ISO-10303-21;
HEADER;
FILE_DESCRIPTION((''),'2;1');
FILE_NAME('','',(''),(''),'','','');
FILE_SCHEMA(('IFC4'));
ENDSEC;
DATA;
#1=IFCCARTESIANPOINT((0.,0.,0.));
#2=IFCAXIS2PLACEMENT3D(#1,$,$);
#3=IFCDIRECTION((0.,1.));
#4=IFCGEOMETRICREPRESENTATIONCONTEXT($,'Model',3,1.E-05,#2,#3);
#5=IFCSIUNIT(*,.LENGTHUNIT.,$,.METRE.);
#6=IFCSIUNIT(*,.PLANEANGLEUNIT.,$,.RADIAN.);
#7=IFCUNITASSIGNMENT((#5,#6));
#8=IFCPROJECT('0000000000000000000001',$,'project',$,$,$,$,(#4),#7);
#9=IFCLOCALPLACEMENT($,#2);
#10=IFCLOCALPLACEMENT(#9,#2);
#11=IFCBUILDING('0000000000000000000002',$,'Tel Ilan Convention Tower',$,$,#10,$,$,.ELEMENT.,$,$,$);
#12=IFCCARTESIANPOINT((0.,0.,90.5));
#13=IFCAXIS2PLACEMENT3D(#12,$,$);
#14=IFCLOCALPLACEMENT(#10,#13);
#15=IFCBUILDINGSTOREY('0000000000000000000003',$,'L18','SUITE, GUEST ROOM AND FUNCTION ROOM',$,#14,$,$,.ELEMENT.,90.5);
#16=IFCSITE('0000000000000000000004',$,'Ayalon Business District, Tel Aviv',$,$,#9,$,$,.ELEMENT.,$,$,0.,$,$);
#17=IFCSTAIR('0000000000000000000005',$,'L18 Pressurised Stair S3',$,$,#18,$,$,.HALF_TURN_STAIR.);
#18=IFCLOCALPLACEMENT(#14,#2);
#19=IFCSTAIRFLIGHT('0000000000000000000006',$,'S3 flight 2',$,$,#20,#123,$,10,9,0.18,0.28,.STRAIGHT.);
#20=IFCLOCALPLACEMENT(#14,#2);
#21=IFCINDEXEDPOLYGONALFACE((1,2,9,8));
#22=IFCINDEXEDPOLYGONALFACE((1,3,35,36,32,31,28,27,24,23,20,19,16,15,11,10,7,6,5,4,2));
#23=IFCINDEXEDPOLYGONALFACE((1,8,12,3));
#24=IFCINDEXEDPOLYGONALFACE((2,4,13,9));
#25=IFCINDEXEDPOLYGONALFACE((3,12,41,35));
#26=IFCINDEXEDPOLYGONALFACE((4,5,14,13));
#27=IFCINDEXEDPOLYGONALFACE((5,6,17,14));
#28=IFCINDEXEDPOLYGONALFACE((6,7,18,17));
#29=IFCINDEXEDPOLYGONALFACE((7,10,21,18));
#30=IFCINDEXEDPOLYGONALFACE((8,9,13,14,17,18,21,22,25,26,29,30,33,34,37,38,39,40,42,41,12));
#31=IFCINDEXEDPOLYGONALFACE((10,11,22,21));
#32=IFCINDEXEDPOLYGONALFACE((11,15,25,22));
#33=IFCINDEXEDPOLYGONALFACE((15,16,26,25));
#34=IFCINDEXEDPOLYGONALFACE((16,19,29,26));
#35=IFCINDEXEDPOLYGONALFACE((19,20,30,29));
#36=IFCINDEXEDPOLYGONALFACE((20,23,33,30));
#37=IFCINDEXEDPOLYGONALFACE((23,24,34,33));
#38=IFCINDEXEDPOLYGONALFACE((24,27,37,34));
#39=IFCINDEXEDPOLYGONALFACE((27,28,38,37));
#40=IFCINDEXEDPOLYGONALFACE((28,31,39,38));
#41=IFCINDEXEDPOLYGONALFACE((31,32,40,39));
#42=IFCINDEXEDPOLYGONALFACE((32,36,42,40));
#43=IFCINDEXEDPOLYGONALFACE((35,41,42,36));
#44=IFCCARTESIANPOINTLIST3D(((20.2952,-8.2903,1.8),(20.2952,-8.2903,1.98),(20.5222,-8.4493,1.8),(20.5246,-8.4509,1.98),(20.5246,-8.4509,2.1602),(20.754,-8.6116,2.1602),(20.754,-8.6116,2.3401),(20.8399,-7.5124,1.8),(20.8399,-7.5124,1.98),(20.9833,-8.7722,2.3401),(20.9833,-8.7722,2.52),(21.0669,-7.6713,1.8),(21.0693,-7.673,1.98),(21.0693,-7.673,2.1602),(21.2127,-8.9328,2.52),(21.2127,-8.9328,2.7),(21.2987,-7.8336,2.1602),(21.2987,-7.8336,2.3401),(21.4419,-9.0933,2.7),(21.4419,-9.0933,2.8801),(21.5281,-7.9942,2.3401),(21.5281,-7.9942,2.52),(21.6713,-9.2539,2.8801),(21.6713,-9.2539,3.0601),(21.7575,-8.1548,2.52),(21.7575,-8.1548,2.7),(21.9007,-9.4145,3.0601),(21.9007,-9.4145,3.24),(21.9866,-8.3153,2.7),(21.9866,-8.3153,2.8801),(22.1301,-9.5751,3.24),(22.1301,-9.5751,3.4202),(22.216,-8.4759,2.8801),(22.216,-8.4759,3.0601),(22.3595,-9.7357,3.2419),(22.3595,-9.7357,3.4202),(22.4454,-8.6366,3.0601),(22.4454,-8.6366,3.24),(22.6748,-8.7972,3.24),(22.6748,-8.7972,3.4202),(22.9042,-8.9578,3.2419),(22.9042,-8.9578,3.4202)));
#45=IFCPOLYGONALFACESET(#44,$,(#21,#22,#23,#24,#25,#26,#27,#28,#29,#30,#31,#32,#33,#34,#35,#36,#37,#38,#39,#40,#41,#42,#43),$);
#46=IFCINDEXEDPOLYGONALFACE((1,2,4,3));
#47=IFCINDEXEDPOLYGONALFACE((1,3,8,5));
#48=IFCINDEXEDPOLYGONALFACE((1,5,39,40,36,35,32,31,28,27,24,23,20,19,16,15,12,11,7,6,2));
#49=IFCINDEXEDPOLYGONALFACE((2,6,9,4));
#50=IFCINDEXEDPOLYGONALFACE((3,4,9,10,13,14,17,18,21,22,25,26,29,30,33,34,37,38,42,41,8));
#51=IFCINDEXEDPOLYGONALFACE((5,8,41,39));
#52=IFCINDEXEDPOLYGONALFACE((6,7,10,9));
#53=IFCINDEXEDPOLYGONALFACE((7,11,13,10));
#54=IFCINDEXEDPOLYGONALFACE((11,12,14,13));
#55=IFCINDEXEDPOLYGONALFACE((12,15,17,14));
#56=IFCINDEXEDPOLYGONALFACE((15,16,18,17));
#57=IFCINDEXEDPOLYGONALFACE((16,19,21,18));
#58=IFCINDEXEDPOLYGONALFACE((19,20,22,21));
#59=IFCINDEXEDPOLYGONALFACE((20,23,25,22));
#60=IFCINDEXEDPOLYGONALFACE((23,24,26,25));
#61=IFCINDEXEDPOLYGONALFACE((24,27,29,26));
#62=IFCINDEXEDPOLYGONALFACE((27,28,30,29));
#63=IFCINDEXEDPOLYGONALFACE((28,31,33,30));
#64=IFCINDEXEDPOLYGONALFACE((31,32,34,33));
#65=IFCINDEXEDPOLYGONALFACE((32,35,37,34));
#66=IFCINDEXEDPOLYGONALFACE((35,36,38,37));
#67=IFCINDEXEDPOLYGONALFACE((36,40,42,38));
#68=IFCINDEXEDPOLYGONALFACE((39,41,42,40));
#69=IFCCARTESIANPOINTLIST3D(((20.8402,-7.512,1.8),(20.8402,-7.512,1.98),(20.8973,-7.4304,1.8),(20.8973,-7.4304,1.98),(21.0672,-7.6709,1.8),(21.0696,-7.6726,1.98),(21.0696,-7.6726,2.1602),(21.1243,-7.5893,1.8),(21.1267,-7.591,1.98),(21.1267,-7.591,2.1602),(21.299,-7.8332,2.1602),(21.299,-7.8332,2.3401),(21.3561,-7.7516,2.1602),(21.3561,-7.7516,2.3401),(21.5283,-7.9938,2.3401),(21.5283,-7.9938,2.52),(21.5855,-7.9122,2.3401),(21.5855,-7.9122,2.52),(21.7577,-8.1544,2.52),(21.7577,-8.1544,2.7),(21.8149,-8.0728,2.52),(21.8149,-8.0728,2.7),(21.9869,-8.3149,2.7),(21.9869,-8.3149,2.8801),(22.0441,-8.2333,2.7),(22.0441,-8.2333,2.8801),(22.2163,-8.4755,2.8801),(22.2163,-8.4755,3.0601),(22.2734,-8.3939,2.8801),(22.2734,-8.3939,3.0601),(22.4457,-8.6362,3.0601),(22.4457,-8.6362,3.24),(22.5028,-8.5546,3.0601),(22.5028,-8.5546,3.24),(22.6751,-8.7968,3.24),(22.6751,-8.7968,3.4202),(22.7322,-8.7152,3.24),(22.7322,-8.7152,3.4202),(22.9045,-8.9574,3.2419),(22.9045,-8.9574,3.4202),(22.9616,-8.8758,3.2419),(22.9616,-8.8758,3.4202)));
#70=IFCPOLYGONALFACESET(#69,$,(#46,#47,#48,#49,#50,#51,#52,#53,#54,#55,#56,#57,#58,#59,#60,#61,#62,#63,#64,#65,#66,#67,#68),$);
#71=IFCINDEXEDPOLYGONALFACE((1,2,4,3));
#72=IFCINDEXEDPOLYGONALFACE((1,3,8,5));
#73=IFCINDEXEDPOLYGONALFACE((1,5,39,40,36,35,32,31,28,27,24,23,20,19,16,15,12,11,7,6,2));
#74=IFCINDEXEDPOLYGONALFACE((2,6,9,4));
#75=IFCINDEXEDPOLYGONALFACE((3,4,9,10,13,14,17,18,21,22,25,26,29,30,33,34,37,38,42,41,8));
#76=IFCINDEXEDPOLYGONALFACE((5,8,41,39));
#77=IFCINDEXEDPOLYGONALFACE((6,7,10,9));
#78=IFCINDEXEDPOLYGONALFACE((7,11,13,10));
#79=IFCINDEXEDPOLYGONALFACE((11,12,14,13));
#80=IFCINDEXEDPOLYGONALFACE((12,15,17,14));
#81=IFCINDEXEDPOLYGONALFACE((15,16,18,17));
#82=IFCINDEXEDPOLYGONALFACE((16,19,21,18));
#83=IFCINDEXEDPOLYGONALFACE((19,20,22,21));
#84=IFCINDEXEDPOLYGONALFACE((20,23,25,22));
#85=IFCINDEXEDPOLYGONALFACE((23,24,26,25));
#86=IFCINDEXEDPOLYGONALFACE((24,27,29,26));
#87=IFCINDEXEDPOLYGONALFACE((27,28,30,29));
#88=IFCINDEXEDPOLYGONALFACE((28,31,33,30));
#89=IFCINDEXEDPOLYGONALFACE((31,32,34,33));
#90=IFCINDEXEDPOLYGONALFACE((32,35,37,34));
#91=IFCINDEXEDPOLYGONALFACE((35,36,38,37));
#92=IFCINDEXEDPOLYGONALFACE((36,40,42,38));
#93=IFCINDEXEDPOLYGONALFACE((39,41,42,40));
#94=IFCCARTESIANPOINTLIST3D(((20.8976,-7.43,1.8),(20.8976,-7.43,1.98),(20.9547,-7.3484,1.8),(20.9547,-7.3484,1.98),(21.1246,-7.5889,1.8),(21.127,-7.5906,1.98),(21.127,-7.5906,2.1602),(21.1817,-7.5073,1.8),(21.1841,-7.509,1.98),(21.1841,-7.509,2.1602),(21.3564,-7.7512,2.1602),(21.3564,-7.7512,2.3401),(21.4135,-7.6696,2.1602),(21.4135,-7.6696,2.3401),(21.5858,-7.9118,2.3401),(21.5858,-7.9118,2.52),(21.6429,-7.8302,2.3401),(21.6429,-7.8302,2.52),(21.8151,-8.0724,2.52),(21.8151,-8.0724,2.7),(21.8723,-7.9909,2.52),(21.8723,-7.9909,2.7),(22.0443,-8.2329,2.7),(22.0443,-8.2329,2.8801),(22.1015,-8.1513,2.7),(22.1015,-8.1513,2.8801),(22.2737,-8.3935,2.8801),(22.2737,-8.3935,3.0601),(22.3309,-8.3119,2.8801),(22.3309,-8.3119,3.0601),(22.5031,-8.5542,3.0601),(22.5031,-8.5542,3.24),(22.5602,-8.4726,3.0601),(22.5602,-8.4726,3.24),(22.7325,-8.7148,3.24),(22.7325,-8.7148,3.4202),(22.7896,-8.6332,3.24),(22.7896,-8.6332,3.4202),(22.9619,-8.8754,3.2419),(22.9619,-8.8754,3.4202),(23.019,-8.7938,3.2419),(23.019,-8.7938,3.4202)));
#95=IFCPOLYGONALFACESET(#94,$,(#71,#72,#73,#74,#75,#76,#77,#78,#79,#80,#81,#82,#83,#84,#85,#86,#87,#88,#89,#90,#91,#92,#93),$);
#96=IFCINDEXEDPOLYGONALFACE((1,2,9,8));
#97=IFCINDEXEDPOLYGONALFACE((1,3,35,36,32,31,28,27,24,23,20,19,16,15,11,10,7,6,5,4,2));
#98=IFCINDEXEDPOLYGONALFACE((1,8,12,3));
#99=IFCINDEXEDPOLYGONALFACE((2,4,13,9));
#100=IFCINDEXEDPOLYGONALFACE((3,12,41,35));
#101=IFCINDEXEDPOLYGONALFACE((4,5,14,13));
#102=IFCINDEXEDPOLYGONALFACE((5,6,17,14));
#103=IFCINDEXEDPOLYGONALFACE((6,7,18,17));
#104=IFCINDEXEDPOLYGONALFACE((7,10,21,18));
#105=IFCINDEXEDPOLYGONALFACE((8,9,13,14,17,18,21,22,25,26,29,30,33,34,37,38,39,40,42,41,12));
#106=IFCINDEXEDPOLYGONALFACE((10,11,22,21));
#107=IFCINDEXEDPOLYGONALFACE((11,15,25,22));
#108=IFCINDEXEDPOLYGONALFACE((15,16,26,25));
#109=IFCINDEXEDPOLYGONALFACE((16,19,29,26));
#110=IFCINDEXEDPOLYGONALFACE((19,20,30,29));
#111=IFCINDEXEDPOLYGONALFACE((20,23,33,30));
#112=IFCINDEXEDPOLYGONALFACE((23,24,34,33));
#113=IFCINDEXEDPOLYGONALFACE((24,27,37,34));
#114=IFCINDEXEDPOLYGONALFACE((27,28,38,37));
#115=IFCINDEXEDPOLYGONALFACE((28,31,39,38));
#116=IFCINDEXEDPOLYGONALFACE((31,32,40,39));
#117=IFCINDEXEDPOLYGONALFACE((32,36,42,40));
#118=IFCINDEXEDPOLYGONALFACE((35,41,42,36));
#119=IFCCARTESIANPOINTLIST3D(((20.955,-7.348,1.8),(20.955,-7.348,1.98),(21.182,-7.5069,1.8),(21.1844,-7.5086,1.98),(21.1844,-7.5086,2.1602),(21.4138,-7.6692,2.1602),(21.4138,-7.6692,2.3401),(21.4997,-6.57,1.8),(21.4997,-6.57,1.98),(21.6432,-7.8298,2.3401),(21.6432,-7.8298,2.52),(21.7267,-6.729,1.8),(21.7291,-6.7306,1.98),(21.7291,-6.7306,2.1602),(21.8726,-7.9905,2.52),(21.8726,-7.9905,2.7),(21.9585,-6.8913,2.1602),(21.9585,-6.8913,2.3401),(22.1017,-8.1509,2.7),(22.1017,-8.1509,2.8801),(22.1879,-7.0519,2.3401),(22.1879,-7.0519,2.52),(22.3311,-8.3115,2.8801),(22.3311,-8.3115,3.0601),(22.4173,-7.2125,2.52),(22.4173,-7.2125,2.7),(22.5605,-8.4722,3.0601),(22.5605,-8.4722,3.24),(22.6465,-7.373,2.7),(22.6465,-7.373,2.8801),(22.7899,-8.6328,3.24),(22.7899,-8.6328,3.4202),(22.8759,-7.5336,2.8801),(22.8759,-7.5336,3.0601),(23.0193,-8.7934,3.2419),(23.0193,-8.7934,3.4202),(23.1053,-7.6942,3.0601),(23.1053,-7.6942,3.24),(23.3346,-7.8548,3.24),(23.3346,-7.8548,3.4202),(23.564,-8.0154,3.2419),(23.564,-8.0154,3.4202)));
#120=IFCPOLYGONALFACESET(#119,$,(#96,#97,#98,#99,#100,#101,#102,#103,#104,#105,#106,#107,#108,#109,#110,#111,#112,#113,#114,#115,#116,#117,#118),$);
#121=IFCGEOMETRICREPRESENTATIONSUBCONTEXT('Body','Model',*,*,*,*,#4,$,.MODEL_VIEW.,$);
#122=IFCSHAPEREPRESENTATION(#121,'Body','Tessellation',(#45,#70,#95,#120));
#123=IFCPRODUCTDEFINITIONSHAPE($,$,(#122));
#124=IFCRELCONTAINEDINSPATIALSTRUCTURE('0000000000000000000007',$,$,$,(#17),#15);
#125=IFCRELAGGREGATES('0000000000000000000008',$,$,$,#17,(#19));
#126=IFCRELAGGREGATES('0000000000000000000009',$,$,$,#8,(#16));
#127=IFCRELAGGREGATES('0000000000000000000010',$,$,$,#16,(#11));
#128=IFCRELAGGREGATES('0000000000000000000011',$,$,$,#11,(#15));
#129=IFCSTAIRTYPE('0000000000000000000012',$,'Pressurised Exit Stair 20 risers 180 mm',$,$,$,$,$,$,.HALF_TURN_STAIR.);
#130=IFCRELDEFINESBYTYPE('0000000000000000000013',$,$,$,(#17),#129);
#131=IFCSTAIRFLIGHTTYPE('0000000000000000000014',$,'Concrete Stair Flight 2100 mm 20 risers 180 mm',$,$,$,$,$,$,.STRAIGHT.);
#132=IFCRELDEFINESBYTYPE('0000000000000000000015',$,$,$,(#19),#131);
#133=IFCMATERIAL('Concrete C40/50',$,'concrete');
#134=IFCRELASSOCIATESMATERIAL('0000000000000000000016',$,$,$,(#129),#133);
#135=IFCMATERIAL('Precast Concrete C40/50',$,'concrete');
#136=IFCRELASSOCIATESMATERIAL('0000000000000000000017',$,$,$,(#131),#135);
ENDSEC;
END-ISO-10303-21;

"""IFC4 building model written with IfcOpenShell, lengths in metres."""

from ifc_helpers import new_model, si_unit, direction, frame, origin, place, context, subcontext, project, spatial, polyline, outline, extrude, material, type_object, element, aggregate, save


model = new_model("IFC4")

# Units and contexts
model_context = context("Model", 3, precision=1e-05, world=origin(), true_north=direction((0.0, 1.0)))
body_context = subcontext(model_context, "Body", "Model", "MODEL_VIEW")
ifc_project = project(units=[si_unit("LENGTHUNIT", "METRE"), si_unit("PLANEANGLEUNIT", "RADIAN")], contexts=[model_context])

# Site, building, storey
site_placement = place(None, origin())
site = spatial("IfcSite", under=ifc_project, at=site_placement, Name="Ayalon Business District, Tel Aviv", CompositionType="ELEMENT", RefElevation=0.0)
building_placement = place(site_placement, origin())
building = spatial("IfcBuilding", under=site, at=building_placement, Name="Tel Ilan Convention Tower", CompositionType="ELEMENT")
storey_placement = place(building_placement, frame((0.0, 0.0, 90.5)))
storey = spatial("IfcBuildingStorey", under=building, at=storey_placement, Name="L18", Description="SUITE, GUEST ROOM AND FUNCTION ROOM", CompositionType="ELEMENT", Elevation=90.5)

# Stair, stair flight
ifc_material_1 = material(Name="Concrete C40/50", Category="concrete")
stair_type = type_object("IfcStairType", Name="Pressurised Exit Stair 20 risers 180 mm", PredefinedType="HALF_TURN_STAIR", material=ifc_material_1)
stair_1_placement = place(storey_placement, origin())
stair_1 = element("IfcStair", 1, at=stair_1_placement, inside=storey, type_object=stair_type, Name="L18 Pressurised Stair S3", PredefinedType="HALF_TURN_STAIR")
ifc_material_2 = material(Name="Precast Concrete C40/50", Category="concrete")
stair_flight_type = type_object("IfcStairFlightType", Name="Concrete Stair Flight 2100 mm 20 risers 180 mm", PredefinedType="STRAIGHT", material=ifc_material_2)
stair_flight_1_placement = place(storey_placement, frame((20.8975, -7.4302, 1.8), z_axis=(0.0, 0.0, 1.0), x_axis=(0.819152, -0.573576, 0.0)))
stair_flight_1 = element("IfcStairFlight", 2, at=stair_flight_1_placement, type_object=stair_flight_type, Name="S3 flight 2", NumberOfRisers=10, NumberOfTreads=9, PredefinedType="STRAIGHT", RiserHeight=0.18, TreadLength=0.28, context=body_context, shape_type="SweptSolid", body=[
    extrude(outline(polyline([(0.0, 0.0), (0.0, 0.1799), (0.28, 0.1799), (0.28, 0.3601), (0.5601, 0.3601), (0.5601, 0.54), (0.8401, 0.54), (0.8401, 0.72), (1.1201, 0.72), (1.1201, 0.8999), (1.3999, 0.8999), (1.3999, 1.0801), (1.6799, 1.0801), (1.6799, 1.26), (1.96, 1.26), (1.96, 1.4399), (2.24, 1.4399), (2.24, 1.6201), (2.52, 1.6201), (2.52, 1.8), (2.52, 1.4419), (0.2771, 0.0), (0.0, 0.0)])), frame((0.0, -0.1003, 0.0), z_axis=(0.0, -1.0, 0.0), x_axis=(1.0, 0.0, 0.0)), (0.0, 0.0, 1.0), 0.9497),
    extrude(outline(polyline([(0.0, 0.0), (0.0, 0.1799), (0.28, 0.1799), (0.28, 0.3601), (0.5601, 0.3601), (0.5601, 0.54), (0.8401, 0.54), (0.8401, 0.72), (1.1201, 0.72), (1.1201, 0.8999), (1.3999, 0.8999), (1.3999, 1.0801), (1.6799, 1.0801), (1.6799, 1.26), (1.96, 1.26), (1.96, 1.4399), (2.24, 1.4399), (2.24, 1.6201), (2.52, 1.6201), (2.52, 1.8), (2.52, 1.4419), (0.2771, 0.0), (0.0, 0.0)])), frame((0.0, -0.0002, 0.0), z_axis=(0.0, -1.0, 0.0), x_axis=(1.0, 0.0, 0.0)), (0.0, 0.0, 1.0), 0.0996),
    extrude(outline(polyline([(0.0, 0.0), (0.0, 0.1799), (0.28, 0.1799), (0.28, 0.3601), (0.5601, 0.3601), (0.5601, 0.54), (0.8401, 0.54), (0.8401, 0.72), (1.1201, 0.72), (1.1201, 0.8999), (1.3999, 0.8999), (1.3999, 1.0801), (1.6799, 1.0801), (1.6799, 1.26), (1.96, 1.26), (1.96, 1.4399), (2.24, 1.4399), (2.24, 1.6201), (2.52, 1.6201), (2.52, 1.8), (2.52, 1.4419), (0.2771, 0.0), (0.0, 0.0)])), frame((0.0, 0.0999, 0.0), z_axis=(0.0, -1.0, 0.0), x_axis=(1.0, 0.0, 0.0)), (0.0, 0.0, 1.0), 0.0996),
    extrude(outline(polyline([(0.0, 0.0), (0.0, 0.1799), (0.28, 0.1799), (0.28, 0.3601), (0.5601, 0.3601), (0.5601, 0.54), (0.8401, 0.54), (0.8401, 0.72), (1.1201, 0.72), (1.1201, 0.8999), (1.3999, 0.8999), (1.3999, 1.0801), (1.6799, 1.0801), (1.6799, 1.26), (1.96, 1.26), (1.96, 1.4399), (2.24, 1.4399), (2.24, 1.6201), (2.52, 1.6201), (2.52, 1.8), (2.52, 1.4419), (0.2771, 0.0), (0.0, 0.0)])), frame((0.0, 1.05, 0.0), z_axis=(0.0, -1.0, 0.0), x_axis=(1.0, 0.0, 0.0)), (0.0, 0.0, 1.0), 0.9497),
])
aggregate(stair_1, [stair_flight_1])

save(model, "model.ifc")
